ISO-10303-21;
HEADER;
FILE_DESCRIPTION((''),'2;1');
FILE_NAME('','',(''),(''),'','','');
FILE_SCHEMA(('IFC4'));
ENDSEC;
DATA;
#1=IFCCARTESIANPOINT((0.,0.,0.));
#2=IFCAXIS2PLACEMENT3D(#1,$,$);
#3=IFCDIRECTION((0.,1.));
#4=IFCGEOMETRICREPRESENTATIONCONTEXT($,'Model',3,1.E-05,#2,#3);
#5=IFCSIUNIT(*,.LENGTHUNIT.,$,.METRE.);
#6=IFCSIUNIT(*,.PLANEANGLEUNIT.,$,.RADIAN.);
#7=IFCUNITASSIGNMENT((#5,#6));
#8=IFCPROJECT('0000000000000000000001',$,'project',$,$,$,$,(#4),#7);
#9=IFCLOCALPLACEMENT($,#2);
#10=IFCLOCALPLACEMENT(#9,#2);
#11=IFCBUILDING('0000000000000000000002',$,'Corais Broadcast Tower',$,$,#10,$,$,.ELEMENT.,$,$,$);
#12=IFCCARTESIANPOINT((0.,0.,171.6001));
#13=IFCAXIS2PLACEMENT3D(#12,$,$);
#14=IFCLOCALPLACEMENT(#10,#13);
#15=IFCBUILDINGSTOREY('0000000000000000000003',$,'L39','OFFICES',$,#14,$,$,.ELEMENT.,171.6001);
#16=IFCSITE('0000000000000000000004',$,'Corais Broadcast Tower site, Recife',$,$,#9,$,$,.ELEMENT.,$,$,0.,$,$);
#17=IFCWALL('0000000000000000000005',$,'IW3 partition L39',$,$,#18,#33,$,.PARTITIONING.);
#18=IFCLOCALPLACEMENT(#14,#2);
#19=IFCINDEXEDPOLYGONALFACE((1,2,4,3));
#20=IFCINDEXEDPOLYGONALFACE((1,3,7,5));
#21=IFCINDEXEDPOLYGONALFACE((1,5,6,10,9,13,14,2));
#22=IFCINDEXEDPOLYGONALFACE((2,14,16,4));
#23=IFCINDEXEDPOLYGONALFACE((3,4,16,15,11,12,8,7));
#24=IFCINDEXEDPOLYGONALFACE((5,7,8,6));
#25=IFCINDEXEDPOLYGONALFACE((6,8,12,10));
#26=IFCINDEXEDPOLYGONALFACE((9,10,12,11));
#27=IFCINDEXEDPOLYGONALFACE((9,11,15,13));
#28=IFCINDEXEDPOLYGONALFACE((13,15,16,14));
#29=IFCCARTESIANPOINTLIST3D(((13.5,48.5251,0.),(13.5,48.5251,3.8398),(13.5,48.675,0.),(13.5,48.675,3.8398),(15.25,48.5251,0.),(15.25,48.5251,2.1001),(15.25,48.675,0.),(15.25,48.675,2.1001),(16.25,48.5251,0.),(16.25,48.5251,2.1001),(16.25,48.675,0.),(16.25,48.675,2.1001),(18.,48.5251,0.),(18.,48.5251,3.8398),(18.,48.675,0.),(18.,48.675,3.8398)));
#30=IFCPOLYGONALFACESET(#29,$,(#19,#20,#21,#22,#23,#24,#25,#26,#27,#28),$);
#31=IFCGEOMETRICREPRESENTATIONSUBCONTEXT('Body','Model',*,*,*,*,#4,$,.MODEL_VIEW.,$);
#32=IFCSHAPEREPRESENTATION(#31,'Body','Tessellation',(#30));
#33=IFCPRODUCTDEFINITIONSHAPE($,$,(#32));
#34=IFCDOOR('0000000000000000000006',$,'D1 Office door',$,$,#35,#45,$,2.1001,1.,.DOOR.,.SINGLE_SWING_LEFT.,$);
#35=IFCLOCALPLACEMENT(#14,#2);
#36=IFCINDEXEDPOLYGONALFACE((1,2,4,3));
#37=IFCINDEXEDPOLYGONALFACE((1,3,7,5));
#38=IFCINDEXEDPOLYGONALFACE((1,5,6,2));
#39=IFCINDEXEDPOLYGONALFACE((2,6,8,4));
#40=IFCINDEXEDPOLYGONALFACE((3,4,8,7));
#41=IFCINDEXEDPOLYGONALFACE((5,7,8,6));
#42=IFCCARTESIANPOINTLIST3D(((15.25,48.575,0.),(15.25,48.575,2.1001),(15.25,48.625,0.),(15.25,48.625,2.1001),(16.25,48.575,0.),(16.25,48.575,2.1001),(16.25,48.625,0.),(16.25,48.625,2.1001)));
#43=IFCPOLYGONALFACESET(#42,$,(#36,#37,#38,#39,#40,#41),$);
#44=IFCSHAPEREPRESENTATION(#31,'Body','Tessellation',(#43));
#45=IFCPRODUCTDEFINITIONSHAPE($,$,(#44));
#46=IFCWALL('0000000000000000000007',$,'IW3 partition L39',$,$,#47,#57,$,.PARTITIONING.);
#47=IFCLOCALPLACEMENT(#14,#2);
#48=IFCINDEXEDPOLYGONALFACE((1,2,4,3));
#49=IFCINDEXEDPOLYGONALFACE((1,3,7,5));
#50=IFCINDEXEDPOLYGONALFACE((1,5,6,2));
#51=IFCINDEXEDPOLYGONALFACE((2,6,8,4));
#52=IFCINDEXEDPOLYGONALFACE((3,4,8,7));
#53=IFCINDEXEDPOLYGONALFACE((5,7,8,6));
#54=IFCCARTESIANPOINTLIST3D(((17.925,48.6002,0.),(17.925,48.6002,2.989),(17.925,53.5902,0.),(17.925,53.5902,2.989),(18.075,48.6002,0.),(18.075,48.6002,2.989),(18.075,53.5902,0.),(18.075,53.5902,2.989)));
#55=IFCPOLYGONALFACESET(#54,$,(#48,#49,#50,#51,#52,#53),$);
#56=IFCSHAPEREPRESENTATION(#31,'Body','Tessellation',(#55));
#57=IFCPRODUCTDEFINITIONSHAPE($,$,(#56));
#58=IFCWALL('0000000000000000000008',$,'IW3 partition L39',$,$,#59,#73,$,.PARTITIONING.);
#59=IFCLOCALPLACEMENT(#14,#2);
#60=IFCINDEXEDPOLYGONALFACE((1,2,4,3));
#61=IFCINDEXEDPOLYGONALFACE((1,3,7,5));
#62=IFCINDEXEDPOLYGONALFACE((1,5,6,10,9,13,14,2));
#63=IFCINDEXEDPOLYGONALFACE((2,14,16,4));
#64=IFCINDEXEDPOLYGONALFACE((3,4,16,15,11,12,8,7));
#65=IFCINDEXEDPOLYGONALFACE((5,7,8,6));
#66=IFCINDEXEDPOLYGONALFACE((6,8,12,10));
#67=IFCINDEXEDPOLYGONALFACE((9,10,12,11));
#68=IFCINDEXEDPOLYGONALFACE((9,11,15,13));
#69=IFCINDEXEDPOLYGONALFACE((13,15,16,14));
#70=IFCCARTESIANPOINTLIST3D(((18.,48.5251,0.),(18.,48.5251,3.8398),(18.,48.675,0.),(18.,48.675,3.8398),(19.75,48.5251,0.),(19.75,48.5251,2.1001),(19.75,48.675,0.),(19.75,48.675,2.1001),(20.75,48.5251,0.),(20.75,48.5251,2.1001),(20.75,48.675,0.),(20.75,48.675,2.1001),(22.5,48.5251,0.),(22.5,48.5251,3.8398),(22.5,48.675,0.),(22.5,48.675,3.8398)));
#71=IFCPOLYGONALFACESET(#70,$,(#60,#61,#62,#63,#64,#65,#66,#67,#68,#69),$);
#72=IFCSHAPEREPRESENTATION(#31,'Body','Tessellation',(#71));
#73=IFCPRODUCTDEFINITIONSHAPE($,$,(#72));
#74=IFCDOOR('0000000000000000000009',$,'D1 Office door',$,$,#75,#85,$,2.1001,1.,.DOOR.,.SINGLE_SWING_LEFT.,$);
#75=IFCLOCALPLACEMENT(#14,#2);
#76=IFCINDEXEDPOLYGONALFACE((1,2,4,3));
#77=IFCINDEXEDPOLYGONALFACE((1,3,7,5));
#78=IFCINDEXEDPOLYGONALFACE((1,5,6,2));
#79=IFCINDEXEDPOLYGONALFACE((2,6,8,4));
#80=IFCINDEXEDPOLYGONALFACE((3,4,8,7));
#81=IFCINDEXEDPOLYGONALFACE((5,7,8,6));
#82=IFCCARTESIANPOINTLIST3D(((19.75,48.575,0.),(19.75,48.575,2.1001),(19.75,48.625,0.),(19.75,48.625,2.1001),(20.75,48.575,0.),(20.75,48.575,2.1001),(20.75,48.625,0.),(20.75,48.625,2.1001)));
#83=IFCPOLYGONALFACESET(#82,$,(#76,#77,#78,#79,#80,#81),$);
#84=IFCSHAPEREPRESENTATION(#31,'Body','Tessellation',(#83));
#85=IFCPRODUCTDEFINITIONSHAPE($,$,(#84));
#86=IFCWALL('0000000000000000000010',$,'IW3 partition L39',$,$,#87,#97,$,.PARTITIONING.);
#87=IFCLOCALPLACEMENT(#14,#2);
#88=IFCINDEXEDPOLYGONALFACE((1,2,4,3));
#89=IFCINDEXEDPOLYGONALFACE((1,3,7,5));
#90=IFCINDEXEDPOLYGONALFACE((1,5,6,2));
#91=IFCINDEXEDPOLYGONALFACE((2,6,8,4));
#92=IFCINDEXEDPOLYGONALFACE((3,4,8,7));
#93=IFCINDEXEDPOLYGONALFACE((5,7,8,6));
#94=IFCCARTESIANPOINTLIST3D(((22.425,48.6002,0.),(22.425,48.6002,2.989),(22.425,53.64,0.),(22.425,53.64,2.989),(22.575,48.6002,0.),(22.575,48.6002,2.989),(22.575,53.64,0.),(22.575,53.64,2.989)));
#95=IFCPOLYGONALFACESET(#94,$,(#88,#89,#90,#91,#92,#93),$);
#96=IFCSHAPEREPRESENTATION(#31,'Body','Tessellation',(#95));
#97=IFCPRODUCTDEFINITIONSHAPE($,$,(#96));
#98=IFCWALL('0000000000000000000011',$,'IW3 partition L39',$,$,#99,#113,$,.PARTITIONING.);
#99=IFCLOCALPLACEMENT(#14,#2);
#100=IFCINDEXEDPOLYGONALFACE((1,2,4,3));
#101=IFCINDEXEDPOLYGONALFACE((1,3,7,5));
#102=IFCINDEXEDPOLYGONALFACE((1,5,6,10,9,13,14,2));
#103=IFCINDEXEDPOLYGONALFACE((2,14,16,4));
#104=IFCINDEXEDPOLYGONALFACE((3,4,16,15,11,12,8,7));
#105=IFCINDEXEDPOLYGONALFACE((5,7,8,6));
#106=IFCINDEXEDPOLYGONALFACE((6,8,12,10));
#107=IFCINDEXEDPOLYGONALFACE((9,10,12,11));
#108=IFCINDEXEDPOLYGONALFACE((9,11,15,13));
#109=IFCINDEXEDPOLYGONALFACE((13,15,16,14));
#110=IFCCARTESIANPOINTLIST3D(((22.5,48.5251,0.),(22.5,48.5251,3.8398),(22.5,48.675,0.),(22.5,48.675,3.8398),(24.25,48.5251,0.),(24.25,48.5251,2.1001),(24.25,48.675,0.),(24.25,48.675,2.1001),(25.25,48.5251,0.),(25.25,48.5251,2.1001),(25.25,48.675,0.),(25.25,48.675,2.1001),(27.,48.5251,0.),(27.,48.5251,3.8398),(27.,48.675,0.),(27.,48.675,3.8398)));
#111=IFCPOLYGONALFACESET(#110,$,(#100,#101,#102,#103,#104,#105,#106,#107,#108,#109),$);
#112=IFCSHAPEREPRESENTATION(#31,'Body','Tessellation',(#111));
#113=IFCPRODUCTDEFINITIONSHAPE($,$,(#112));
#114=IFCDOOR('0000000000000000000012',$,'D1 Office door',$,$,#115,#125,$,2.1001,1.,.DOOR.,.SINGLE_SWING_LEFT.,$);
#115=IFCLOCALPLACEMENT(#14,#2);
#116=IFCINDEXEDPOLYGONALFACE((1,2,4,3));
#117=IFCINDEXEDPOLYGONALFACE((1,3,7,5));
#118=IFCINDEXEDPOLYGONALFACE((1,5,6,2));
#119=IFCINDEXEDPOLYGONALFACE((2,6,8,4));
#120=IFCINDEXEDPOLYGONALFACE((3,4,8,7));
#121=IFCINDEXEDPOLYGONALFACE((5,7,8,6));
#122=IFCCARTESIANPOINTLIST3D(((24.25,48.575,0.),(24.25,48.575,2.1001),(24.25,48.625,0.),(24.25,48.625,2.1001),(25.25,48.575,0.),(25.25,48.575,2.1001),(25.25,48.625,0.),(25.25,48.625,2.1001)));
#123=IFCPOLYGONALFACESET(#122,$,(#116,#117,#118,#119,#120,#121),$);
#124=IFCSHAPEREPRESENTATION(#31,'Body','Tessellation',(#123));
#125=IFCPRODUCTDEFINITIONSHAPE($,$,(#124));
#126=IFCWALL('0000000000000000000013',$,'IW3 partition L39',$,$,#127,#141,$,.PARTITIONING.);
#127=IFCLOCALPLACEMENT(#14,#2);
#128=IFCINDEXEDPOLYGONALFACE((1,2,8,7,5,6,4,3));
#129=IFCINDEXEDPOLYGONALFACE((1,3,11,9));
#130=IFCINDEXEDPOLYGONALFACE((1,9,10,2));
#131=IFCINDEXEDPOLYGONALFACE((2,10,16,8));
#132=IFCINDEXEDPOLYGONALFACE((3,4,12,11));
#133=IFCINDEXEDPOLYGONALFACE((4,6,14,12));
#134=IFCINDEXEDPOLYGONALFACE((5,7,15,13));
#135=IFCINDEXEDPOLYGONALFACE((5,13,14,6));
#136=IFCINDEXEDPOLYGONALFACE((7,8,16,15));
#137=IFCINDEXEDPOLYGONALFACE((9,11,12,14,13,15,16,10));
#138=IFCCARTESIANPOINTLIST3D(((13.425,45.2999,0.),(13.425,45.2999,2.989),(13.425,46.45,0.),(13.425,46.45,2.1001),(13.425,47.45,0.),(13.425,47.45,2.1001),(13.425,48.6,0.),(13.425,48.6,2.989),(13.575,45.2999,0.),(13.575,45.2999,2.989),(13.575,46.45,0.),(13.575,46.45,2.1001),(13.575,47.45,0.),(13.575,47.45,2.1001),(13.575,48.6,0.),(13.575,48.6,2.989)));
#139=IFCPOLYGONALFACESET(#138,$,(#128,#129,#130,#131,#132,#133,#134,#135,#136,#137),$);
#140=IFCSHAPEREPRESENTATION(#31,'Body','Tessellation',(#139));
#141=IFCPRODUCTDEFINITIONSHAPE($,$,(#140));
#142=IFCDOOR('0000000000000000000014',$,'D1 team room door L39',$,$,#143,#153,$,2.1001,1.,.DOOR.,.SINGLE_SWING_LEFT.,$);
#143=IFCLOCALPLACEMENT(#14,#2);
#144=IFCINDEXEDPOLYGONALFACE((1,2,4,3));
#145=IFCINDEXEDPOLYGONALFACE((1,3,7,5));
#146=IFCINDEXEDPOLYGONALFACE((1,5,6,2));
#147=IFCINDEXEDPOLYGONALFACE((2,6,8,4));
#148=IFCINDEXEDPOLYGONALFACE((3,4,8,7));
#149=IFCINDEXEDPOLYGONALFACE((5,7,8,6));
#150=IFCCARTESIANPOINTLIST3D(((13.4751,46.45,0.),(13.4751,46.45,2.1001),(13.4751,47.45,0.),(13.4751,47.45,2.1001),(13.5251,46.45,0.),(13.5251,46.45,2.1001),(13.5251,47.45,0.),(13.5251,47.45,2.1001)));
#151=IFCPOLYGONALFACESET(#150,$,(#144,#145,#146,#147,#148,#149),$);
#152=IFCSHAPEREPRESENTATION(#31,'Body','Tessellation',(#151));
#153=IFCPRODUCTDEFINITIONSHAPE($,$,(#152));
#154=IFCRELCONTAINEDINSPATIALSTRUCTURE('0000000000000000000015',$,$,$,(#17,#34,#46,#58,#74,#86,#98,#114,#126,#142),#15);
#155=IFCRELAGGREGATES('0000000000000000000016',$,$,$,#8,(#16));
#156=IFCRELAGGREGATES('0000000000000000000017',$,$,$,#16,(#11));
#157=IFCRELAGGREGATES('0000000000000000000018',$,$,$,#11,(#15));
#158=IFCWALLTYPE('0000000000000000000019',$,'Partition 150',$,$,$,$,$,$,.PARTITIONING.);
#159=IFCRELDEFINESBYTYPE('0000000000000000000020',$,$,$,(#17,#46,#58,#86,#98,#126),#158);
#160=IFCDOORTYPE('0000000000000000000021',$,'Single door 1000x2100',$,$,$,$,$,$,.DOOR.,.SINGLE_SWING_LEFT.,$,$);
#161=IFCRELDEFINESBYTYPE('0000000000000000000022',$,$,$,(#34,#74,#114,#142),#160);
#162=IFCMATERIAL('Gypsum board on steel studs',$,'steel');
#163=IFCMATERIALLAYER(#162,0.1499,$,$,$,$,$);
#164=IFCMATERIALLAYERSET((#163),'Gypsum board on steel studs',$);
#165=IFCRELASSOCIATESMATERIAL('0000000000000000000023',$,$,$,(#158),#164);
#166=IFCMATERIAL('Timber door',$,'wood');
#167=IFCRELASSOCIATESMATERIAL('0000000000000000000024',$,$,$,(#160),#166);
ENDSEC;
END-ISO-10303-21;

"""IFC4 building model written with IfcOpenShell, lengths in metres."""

from ifc_helpers import new_model, si_unit, direction, frame, frame_2d, origin, place, context, subcontext, project, spatial, rectangle, extrude, material, layer, layer_set, type_object, element, fill, save


model = new_model("IFC4")

# Units and contexts
model_context = context("Model", 3, precision=1e-05, world=origin(), true_north=direction((0.0, 1.0)))
body_context = subcontext(model_context, "Body", "Model", "MODEL_VIEW")
ifc_project = project(units=[si_unit("LENGTHUNIT", "METRE"), si_unit("PLANEANGLEUNIT", "RADIAN")], contexts=[model_context])

# Site, building, storey
site_placement = place(None, origin())
site = spatial("IfcSite", under=ifc_project, at=site_placement, Name="Corais Broadcast Tower site, Recife", CompositionType="ELEMENT", RefElevation=0.0)
building_placement = place(site_placement, origin())
building = spatial("IfcBuilding", under=site, at=building_placement, Name="Corais Broadcast Tower", CompositionType="ELEMENT")
storey_placement = place(building_placement, frame((0.0, 0.0, 171.6001)))
storey = spatial("IfcBuildingStorey", under=building, at=storey_placement, Name="L39", Description="OFFICES", CompositionType="ELEMENT", Elevation=171.6001)

# Shared definitions
ifc_material_1 = material(Name="Gypsum board on steel studs", Category="steel")
ifc_layer_1 = layer(ifc_material_1, 0.1499)
ifc_layer_set_1 = layer_set([ifc_layer_1], Name="Gypsum board on steel studs")
wall_type = type_object("IfcWallType", Name="Partition 150", PredefinedType="PARTITIONING", material=ifc_layer_set_1)

# Wall, opening, door
wall_1_placement = place(storey_placement, frame((13.5, 48.6001, 0.0), z_axis=(0.0, 0.0, 1.0), x_axis=(1.0, 0.0, 0.0)))
wall_1 = element("IfcWall", 1, at=wall_1_placement, inside=storey, type_object=wall_type, Name="IW3 partition L39", PredefinedType="PARTITIONING", context=body_context, shape_type="SweptSolid", body=[
    extrude(rectangle(XDim=4.5, YDim=0.1499, at=frame_2d((2.25, 0.0))), origin(), (0.0, 0.0, 1.0), 3.8398),
])
opening_1_placement = place(wall_1_placement, frame((1.75, 0.0, 0.0)))
opening_1 = element("IfcOpeningElement", 2, at=opening_1_placement, cuts=wall_1, PredefinedType="OPENING", context=body_context, shape_type="SweptSolid", body=[
    extrude(rectangle(XDim=1.0, YDim=2.1001, at=frame_2d((0.5, 1.05))), frame((0.0, 0.085, 0.0), z_axis=(0.0, -1.0, 0.0), x_axis=(1.0, 0.0, 0.0)), (0.0, 0.0, 1.0), 0.1699),
])
ifc_material_2 = material(Name="Timber door", Category="wood")
door_type = type_object("IfcDoorType", Name="Single door 1000x2100", OperationType="SINGLE_SWING_LEFT", PredefinedType="DOOR", material=ifc_material_2)
door_1_placement = place(opening_1_placement, origin())
door_1 = element("IfcDoor", 3, at=door_1_placement, inside=storey, type_object=door_type, Name="D1 Office door", OperationType="SINGLE_SWING_LEFT", OverallHeight=2.1001, OverallWidth=1.0, PredefinedType="DOOR", context=body_context, shape_type="SweptSolid", body=[
    extrude(rectangle(XDim=1.0, YDim=2.1001, at=frame_2d((0.5, 1.05))), frame((0.0, 0.0249, 0.0), z_axis=(0.0, -1.0, 0.0), x_axis=(1.0, 0.0, 0.0)), (0.0, 0.0, 1.0), 0.05),
])
fill(opening_1, door_1)

# Wall
wall_2_placement = place(storey_placement, frame((18.0, 48.6001, 0.0), z_axis=(0.0, 0.0, 1.0), x_axis=(0.0, 1.0, 0.0)))
element("IfcWall", 4, at=wall_2_placement, inside=storey, type_object=wall_type, Name="IW3 partition L39", PredefinedType="PARTITIONING", context=body_context, shape_type="SweptSolid", body=[
    extrude(rectangle(XDim=4.99, YDim=0.1499, at=frame_2d((2.4951, 0.0))), origin(), (0.0, 0.0, 1.0), 2.989),
])

# Wall, opening, door
wall_3_placement = place(storey_placement, frame((18.0, 48.6001, 0.0), z_axis=(0.0, 0.0, 1.0), x_axis=(1.0, 0.0, 0.0)))
wall_3 = element("IfcWall", 5, at=wall_3_placement, inside=storey, type_object=wall_type, Name="IW3 partition L39", PredefinedType="PARTITIONING", context=body_context, shape_type="SweptSolid", body=[
    extrude(rectangle(XDim=4.5, YDim=0.1499, at=frame_2d((2.25, 0.0))), origin(), (0.0, 0.0, 1.0), 3.8398),
])
opening_2_placement = place(wall_3_placement, frame((1.75, 0.0, 0.0)))
opening_2 = element("IfcOpeningElement", 6, at=opening_2_placement, cuts=wall_3, PredefinedType="OPENING", context=body_context, shape_type="SweptSolid", body=[
    extrude(rectangle(XDim=1.0, YDim=2.1001, at=frame_2d((0.5, 1.05))), frame((0.0, 0.085, 0.0), z_axis=(0.0, -1.0, 0.0), x_axis=(1.0, 0.0, 0.0)), (0.0, 0.0, 1.0), 0.1699),
])
door_2_placement = place(opening_2_placement, origin())
door_2 = element("IfcDoor", 7, at=door_2_placement, inside=storey, type_object=door_type, Name="D1 Office door", OperationType="SINGLE_SWING_LEFT", OverallHeight=2.1001, OverallWidth=1.0, PredefinedType="DOOR", context=body_context, shape_type="SweptSolid", body=[
    extrude(rectangle(XDim=1.0, YDim=2.1001, at=frame_2d((0.5, 1.05))), frame((0.0, 0.0249, 0.0), z_axis=(0.0, -1.0, 0.0), x_axis=(1.0, 0.0, 0.0)), (0.0, 0.0, 1.0), 0.05),
])
fill(opening_2, door_2)

# Wall
wall_4_placement = place(storey_placement, frame((22.5, 48.6001, 0.0), z_axis=(0.0, 0.0, 1.0), x_axis=(0.0, 1.0, 0.0)))
element("IfcWall", 8, at=wall_4_placement, inside=storey, type_object=wall_type, Name="IW3 partition L39", PredefinedType="PARTITIONING", context=body_context, shape_type="SweptSolid", body=[
    extrude(rectangle(XDim=5.0398, YDim=0.1499, at=frame_2d((2.52, 0.0))), origin(), (0.0, 0.0, 1.0), 2.989),
])

# Walls, openings, doors
wall_5_placement = place(storey_placement, frame((22.5, 48.6001, 0.0), z_axis=(0.0, 0.0, 1.0), x_axis=(1.0, 0.0, 0.0)))
wall_5 = element("IfcWall", 9, at=wall_5_placement, inside=storey, type_object=wall_type, Name="IW3 partition L39", PredefinedType="PARTITIONING", context=body_context, shape_type="SweptSolid", body=[
    extrude(rectangle(XDim=4.5, YDim=0.1499, at=frame_2d((2.25, 0.0))), origin(), (0.0, 0.0, 1.0), 3.8398),
])
opening_3_placement = place(wall_5_placement, frame((1.75, 0.0, 0.0)))
opening_3 = element("IfcOpeningElement", 10, at=opening_3_placement, cuts=wall_5, PredefinedType="OPENING", context=body_context, shape_type="SweptSolid", body=[
    extrude(rectangle(XDim=1.0, YDim=2.1001, at=frame_2d((0.5, 1.05))), frame((0.0, 0.085, 0.0), z_axis=(0.0, -1.0, 0.0), x_axis=(1.0, 0.0, 0.0)), (0.0, 0.0, 1.0), 0.1699),
])
door_3_placement = place(opening_3_placement, origin())
door_3 = element("IfcDoor", 11, at=door_3_placement, inside=storey, type_object=door_type, Name="D1 Office door", OperationType="SINGLE_SWING_LEFT", OverallHeight=2.1001, OverallWidth=1.0, PredefinedType="DOOR", context=body_context, shape_type="SweptSolid", body=[
    extrude(rectangle(XDim=1.0, YDim=2.1001, at=frame_2d((0.5, 1.05))), frame((0.0, 0.0249, 0.0), z_axis=(0.0, -1.0, 0.0), x_axis=(1.0, 0.0, 0.0)), (0.0, 0.0, 1.0), 0.05),
])
fill(opening_3, door_3)
wall_6_placement = place(storey_placement, frame((13.5, 45.3, 0.0), z_axis=(0.0, 0.0, 1.0), x_axis=(0.0, 1.0, 0.0)))
wall_6 = element("IfcWall", 12, at=wall_6_placement, inside=storey, type_object=wall_type, Name="IW3 partition L39", PredefinedType="PARTITIONING", context=body_context, shape_type="SweptSolid", body=[
    extrude(rectangle(XDim=3.3, YDim=0.1499, at=frame_2d((1.6499, 0.0))), origin(), (0.0, 0.0, 1.0), 2.989),
])
opening_4_placement = place(wall_6_placement, frame((1.1499, 0.0, 0.0)))
opening_4 = element("IfcOpeningElement", 13, at=opening_4_placement, cuts=wall_6, PredefinedType="OPENING", context=body_context, shape_type="SweptSolid", body=[
    extrude(rectangle(XDim=1.0, YDim=2.1001, at=frame_2d((0.5, 1.05))), frame((0.0, 0.085, 0.0), z_axis=(0.0, -1.0, 0.0), x_axis=(1.0, 0.0, 0.0)), (0.0, 0.0, 1.0), 0.1699),
])
door_4_placement = place(opening_4_placement, origin())
door_4 = element("IfcDoor", 14, at=door_4_placement, inside=storey, type_object=door_type, Name="D1 team room door L39", OperationType="SINGLE_SWING_LEFT", OverallHeight=2.1001, OverallWidth=1.0, PredefinedType="DOOR", context=body_context, shape_type="SweptSolid", body=[
    extrude(rectangle(XDim=1.0, YDim=2.1001, at=frame_2d((0.5, 1.05))), frame((0.0, 0.0249, 0.0), z_axis=(0.0, -1.0, 0.0), x_axis=(1.0, 0.0, 0.0)), (0.0, 0.0, 1.0), 0.05),
])
fill(opening_4, door_4)

save(model, "model.ifc")
